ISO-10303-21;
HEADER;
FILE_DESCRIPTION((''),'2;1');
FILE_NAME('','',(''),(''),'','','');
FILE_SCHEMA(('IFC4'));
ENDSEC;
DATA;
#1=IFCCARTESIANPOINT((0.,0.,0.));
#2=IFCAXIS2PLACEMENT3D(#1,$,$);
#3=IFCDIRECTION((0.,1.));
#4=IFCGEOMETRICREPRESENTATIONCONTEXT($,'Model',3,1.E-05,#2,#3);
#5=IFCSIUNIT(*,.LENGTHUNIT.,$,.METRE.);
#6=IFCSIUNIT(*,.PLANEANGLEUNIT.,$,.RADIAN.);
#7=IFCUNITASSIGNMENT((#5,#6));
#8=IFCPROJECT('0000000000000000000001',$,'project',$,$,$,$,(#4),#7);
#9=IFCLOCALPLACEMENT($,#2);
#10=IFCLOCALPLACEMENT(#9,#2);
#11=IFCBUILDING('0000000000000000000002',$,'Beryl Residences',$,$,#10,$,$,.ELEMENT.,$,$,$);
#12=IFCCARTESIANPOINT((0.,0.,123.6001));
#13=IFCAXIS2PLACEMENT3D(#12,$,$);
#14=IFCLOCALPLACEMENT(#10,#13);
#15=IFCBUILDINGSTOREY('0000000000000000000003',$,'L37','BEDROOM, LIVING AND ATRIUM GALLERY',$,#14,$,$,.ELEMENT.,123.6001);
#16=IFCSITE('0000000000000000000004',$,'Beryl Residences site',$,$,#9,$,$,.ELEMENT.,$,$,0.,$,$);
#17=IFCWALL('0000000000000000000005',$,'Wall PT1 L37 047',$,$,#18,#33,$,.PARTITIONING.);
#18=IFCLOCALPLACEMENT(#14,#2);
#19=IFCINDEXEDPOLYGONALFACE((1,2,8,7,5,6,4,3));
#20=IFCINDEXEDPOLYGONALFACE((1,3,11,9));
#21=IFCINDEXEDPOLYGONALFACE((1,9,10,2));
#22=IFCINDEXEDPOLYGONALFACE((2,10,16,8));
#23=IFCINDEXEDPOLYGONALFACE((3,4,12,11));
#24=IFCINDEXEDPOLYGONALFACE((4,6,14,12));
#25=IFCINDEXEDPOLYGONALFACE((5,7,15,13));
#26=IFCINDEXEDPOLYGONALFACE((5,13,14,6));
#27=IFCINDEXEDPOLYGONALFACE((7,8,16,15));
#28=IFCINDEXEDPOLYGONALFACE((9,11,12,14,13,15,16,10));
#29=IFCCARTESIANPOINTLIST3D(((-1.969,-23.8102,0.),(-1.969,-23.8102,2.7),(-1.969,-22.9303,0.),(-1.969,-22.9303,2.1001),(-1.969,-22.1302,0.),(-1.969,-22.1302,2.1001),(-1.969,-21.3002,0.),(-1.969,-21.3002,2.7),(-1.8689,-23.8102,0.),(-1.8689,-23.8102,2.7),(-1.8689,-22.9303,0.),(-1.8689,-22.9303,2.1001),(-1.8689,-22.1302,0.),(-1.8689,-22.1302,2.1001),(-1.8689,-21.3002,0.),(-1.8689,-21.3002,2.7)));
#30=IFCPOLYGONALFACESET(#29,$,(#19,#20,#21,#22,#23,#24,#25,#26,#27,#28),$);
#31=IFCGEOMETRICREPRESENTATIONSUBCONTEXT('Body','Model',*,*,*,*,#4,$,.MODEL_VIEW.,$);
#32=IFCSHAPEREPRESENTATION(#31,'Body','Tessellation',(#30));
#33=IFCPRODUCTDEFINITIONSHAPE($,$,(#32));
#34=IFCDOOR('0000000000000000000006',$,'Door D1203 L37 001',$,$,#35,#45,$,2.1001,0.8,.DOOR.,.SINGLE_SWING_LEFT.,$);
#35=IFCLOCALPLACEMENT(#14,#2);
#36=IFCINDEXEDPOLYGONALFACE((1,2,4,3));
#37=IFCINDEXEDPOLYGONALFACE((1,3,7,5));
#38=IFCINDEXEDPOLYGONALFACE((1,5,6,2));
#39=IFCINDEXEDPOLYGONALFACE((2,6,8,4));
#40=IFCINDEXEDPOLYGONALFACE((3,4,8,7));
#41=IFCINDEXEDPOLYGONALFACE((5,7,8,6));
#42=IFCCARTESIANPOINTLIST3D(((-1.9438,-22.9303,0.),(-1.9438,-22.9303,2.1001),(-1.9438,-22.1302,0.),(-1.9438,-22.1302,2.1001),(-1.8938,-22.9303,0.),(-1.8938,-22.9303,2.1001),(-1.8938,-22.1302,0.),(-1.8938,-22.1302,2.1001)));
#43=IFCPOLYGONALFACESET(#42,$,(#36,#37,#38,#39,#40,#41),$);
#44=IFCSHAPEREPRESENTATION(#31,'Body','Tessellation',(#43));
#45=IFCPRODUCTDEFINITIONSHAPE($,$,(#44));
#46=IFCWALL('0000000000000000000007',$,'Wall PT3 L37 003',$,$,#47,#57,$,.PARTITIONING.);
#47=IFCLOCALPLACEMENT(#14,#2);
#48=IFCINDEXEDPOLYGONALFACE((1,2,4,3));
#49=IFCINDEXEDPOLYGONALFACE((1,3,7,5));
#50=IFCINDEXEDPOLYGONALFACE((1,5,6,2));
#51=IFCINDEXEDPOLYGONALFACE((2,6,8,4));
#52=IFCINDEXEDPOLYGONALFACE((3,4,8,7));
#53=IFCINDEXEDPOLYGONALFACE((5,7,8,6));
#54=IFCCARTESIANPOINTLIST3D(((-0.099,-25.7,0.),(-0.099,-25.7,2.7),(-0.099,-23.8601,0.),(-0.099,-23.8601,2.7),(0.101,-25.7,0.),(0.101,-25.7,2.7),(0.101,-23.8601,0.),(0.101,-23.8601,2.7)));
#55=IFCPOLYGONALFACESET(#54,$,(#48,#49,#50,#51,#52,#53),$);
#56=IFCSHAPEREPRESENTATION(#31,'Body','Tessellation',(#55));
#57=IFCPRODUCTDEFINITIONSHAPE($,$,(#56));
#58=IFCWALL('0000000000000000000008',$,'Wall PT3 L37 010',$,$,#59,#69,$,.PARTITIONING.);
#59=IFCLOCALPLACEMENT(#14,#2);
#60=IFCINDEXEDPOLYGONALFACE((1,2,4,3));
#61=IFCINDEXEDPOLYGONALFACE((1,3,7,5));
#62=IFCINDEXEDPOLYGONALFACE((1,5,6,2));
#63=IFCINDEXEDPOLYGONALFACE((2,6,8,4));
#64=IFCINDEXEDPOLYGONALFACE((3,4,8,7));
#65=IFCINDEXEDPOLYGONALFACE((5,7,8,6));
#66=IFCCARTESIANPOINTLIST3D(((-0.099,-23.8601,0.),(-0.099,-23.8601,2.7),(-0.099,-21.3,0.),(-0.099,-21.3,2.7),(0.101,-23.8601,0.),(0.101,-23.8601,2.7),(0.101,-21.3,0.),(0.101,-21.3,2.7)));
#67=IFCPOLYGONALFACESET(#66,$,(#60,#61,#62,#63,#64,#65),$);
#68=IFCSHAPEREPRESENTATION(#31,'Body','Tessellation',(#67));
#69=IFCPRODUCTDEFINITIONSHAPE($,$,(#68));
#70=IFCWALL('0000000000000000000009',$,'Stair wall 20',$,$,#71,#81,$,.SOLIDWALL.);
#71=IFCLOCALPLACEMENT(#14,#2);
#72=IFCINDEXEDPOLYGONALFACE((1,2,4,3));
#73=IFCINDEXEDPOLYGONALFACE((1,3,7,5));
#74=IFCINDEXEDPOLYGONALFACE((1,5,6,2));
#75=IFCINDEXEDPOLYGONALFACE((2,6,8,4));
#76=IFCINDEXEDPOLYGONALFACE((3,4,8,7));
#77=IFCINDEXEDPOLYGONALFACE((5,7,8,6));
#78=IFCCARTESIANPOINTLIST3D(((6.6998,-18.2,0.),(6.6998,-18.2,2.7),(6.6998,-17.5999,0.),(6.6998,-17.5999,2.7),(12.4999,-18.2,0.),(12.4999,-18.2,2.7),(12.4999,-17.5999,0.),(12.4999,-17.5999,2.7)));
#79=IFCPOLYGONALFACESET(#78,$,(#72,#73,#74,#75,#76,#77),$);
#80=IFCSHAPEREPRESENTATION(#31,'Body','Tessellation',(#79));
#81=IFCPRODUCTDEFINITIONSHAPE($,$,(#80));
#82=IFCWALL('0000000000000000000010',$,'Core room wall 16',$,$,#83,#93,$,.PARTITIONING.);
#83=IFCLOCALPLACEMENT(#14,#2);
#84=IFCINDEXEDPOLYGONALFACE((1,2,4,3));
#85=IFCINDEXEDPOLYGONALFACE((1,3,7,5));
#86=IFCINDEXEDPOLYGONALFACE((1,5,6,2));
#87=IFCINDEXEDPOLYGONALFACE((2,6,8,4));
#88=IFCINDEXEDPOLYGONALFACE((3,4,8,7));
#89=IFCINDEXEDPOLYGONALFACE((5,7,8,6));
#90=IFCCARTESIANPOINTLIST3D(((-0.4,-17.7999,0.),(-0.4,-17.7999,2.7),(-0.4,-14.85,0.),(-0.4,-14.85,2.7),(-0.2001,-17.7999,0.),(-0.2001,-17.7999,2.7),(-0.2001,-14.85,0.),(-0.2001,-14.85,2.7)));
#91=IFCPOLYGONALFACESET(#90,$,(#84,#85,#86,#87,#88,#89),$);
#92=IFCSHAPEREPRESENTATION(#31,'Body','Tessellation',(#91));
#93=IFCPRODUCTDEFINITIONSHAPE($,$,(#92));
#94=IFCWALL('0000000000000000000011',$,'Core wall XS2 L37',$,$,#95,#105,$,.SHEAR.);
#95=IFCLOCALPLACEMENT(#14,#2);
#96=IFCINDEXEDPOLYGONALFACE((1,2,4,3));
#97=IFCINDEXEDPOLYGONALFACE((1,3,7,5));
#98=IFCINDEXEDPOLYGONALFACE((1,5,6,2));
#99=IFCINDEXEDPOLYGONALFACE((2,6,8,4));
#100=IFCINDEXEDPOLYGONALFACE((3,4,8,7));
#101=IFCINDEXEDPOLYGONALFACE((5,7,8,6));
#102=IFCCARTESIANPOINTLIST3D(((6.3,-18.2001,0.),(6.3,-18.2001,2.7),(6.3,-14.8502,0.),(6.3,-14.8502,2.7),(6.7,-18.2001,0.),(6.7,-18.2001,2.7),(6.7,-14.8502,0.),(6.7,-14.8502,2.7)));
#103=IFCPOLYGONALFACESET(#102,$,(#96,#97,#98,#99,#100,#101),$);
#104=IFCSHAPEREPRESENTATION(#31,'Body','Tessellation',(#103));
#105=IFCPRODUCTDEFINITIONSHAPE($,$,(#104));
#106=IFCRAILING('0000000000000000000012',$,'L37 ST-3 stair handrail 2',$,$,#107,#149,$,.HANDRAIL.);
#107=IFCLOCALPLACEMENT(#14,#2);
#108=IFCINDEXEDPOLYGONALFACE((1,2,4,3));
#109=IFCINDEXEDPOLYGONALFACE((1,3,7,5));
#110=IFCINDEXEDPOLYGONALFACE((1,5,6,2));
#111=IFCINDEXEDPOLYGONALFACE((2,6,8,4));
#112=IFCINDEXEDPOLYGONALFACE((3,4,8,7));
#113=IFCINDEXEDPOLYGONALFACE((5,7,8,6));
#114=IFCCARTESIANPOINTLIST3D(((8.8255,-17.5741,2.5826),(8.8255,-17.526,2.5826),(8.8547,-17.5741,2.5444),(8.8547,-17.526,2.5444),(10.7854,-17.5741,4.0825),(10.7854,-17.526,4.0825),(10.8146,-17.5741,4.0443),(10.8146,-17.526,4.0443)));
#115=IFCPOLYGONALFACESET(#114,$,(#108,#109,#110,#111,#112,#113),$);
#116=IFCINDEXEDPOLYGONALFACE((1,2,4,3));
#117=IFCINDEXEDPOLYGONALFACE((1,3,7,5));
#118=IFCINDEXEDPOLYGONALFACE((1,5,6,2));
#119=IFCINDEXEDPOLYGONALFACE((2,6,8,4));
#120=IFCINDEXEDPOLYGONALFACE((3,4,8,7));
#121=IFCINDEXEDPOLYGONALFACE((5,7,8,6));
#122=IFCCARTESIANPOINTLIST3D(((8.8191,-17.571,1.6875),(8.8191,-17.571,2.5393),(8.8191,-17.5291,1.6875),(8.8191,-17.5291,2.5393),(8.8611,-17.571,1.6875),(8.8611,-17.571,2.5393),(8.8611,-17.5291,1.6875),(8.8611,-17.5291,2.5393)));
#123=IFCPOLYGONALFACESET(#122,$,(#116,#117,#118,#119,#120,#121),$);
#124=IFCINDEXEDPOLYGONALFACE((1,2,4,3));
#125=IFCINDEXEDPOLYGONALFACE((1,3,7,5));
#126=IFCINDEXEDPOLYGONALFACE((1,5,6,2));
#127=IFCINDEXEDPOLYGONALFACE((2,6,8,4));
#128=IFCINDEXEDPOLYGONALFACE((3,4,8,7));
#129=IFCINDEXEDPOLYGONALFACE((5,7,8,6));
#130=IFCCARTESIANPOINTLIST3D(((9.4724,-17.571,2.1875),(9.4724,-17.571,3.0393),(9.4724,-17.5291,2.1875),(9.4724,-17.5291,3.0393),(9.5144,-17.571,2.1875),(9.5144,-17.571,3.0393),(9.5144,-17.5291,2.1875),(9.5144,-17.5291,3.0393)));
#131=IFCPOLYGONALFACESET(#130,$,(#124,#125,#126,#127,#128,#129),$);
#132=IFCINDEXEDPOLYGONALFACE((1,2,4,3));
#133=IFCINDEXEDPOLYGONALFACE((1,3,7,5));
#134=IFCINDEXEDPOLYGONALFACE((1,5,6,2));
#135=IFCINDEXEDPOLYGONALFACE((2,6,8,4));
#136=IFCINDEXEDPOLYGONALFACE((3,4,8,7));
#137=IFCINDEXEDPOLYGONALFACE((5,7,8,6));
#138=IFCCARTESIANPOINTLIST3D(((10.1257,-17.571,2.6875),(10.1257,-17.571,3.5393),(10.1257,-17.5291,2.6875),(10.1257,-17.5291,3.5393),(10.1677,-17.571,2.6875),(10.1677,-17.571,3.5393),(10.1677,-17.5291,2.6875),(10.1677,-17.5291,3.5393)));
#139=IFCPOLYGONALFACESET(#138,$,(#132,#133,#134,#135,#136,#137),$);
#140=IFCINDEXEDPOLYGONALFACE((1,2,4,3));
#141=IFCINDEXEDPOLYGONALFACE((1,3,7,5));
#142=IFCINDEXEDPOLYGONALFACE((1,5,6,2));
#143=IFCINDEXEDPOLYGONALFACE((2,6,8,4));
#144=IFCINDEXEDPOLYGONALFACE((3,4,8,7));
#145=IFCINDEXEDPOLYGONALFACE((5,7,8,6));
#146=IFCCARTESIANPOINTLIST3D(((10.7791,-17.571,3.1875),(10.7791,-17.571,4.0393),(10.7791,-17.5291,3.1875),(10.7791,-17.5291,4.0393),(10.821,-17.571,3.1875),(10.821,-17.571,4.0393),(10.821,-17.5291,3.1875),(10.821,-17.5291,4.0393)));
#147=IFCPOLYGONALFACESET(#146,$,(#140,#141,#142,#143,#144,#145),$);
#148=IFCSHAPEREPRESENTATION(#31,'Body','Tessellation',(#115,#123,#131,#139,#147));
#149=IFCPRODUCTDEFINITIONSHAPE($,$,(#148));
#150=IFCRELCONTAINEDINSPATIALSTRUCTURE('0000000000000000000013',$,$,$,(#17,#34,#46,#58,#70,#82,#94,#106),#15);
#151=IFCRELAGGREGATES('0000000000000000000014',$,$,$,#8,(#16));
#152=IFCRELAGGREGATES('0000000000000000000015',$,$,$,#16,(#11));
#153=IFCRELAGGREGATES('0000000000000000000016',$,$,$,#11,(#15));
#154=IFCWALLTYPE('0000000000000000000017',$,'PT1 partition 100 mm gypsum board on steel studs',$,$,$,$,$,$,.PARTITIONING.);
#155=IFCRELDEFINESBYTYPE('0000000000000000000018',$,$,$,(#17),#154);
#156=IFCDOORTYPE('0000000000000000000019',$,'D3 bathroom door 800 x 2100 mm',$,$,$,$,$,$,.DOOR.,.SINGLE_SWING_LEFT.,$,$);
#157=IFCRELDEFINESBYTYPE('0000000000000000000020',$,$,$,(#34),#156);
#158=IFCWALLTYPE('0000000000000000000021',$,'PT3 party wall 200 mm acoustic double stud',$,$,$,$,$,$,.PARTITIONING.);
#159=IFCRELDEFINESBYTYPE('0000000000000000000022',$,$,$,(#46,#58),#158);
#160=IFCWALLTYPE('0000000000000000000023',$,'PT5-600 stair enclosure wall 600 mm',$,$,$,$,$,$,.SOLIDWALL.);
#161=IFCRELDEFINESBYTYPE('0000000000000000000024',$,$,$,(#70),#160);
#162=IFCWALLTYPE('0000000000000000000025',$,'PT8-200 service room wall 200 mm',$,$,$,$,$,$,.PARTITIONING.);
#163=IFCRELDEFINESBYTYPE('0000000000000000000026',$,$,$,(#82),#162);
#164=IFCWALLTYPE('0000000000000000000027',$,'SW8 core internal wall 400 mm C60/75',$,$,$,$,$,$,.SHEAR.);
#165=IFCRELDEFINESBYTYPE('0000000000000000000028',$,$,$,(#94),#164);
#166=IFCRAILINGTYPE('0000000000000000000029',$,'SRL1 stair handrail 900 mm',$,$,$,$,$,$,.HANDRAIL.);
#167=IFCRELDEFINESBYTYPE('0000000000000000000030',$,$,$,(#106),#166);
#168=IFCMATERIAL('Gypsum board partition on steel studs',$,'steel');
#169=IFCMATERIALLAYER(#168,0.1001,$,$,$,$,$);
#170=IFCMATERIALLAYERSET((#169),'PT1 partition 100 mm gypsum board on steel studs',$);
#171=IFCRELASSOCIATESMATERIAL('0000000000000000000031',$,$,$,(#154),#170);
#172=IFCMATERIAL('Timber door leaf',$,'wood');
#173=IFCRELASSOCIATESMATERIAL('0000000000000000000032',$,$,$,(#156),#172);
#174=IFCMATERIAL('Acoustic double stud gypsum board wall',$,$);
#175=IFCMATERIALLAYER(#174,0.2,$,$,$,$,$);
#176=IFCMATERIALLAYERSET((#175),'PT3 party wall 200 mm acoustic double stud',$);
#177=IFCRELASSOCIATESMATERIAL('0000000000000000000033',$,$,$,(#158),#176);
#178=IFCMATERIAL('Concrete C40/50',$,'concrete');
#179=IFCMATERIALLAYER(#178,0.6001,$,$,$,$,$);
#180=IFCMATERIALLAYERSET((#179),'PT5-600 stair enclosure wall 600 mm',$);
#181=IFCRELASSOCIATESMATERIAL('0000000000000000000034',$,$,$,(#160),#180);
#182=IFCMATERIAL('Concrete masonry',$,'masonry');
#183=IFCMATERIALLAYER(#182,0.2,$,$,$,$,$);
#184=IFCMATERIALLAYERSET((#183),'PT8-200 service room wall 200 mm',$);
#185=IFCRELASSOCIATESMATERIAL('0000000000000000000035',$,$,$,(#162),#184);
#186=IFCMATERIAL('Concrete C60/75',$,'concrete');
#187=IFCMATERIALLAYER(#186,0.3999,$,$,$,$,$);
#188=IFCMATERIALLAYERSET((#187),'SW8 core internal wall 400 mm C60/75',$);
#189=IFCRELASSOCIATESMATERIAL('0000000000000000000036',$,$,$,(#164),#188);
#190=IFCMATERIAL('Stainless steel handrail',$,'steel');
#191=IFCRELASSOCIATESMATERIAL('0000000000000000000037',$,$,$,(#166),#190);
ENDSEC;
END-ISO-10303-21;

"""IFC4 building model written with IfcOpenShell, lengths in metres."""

from ifc_helpers import new_model, si_unit, direction, frame, frame_2d, origin, origin_2d, place, context, subcontext, project, spatial, rectangle, extrude, material, layer, layer_set, type_object, element, fill, save


model = new_model("IFC4")

# Units and contexts
model_context = context("Model", 3, precision=1e-05, world=origin(), true_north=direction((0.0, 1.0)))
body_context = subcontext(model_context, "Body", "Model", "MODEL_VIEW")
ifc_project = project(units=[si_unit("LENGTHUNIT", "METRE"), si_unit("PLANEANGLEUNIT", "RADIAN")], contexts=[model_context])

# Site, building, storey
site_placement = place(None, origin())
site = spatial("IfcSite", under=ifc_project, at=site_placement, Name="Beryl Residences site", CompositionType="ELEMENT", RefElevation=0.0)
building_placement = place(site_placement, origin())
building = spatial("IfcBuilding", under=site, at=building_placement, Name="Beryl Residences", CompositionType="ELEMENT")
storey_placement = place(building_placement, frame((0.0, 0.0, 123.6001)))
storey = spatial("IfcBuildingStorey", under=building, at=storey_placement, Name="L37", Description="BEDROOM, LIVING AND ATRIUM GALLERY", CompositionType="ELEMENT", Elevation=123.6001)

# Shared definitions
ifc_material_1 = material(Name="Gypsum board partition on steel studs", Category="steel")
ifc_layer_1 = layer(ifc_material_1, 0.1001)
ifc_layer_set_1 = layer_set([ifc_layer_1], Name="PT1 partition 100 mm gypsum board on steel studs")
wall_type_1 = type_object("IfcWallType", Name="PT1 partition 100 mm gypsum board on steel studs", PredefinedType="PARTITIONING", material=ifc_layer_set_1)

# Wall, opening, door
ifc_material_2 = material(Name="Timber door leaf", Category="wood")
door_type_1 = type_object("IfcDoorType", Name="D3 bathroom door 800 x 2100 mm", OperationType="SINGLE_SWING_LEFT", PredefinedType="DOOR", material=ifc_material_2)
wall_1_placement = place(storey_placement, frame((-1.9189, -23.8101, 0.0), z_axis=(0.0, 0.0, 1.0), x_axis=(0.0, 1.0, 0.0)))
wall_1 = element("IfcWall", 1, at=wall_1_placement, inside=storey, type_object=wall_type_1, Name="Wall PT1 L37 047", PredefinedType="PARTITIONING", context=body_context, shape_type="SweptSolid", body=[
    extrude(rectangle(XDim=2.51, YDim=0.1001, at=frame_2d((1.2549, 0.0))), origin(), (0.0, 0.0, 1.0), 2.7),
])
opening_1_placement = place(wall_1_placement, frame((0.8799, 0.0, 0.0)))
opening_1 = element("IfcOpeningElement", 2, at=opening_1_placement, cuts=wall_1, PredefinedType="OPENING", context=body_context, shape_type="SweptSolid", body=[
    extrude(rectangle(XDim=0.8, YDim=2.1001, at=frame_2d((0.3999, 1.05))), frame((0.0, 0.0601, 0.0), z_axis=(0.0, -1.0, 0.0), x_axis=(1.0, 0.0, 0.0)), (0.0, 0.0, 1.0), 0.1201),
])
door_1_placement = place(opening_1_placement, origin())
door_1 = element("IfcDoor", 3, at=door_1_placement, inside=storey, type_object=door_type_1, Name="Door D1203 L37 001", OperationType="SINGLE_SWING_LEFT", OverallHeight=2.1001, OverallWidth=0.8, PredefinedType="DOOR", context=body_context, shape_type="SweptSolid", body=[
    extrude(rectangle(XDim=0.8, YDim=2.1001, at=frame_2d((0.3999, 1.05))), frame((0.0, 0.0249, 0.0), z_axis=(0.0, -1.0, 0.0), x_axis=(1.0, 0.0, 0.0)), (0.0, 0.0, 1.0), 0.05),
])
fill(opening_1, door_1)

# Walls
ifc_material_3 = material(Name="Acoustic double stud gypsum board wall")
ifc_layer_2 = layer(ifc_material_3, 0.2)
ifc_layer_set_2 = layer_set([ifc_layer_2], Name="PT3 party wall 200 mm acoustic double stud")
wall_type_2 = type_object("IfcWallType", Name="PT3 party wall 200 mm acoustic double stud", PredefinedType="PARTITIONING", material=ifc_layer_set_2)
wall_2_placement = place(storey_placement, frame((0.001, -23.8601, 0.0), z_axis=(0.0, 0.0, 1.0), x_axis=(0.0, -1.0, 0.0)))
element("IfcWall", 4, at=wall_2_placement, inside=storey, type_object=wall_type_2, Name="Wall PT3 L37 003", PredefinedType="PARTITIONING", context=body_context, shape_type="SweptSolid", body=[
    extrude(rectangle(XDim=1.8398, YDim=0.2, at=frame_2d((0.9199, 0.0))), origin(), (0.0, 0.0, 1.0), 2.7),
])
wall_3_placement = place(storey_placement, frame((0.001, -23.8601, 0.0), z_axis=(0.0, 0.0, 1.0), x_axis=(0.0, 1.0, 0.0)))
element("IfcWall", 5, at=wall_3_placement, inside=storey, type_object=wall_type_2, Name="Wall PT3 L37 010", PredefinedType="PARTITIONING", context=body_context, shape_type="SweptSolid", body=[
    extrude(rectangle(XDim=2.5601, YDim=0.2, at=frame_2d((1.28, 0.0))), origin(), (0.0, 0.0, 1.0), 2.7),
])
ifc_material_4 = material(Name="Concrete C40/50", Category="concrete")
ifc_layer_3 = layer(ifc_material_4, 0.6001)
ifc_layer_set_3 = layer_set([ifc_layer_3], Name="PT5-600 stair enclosure wall 600 mm")
wall_type_3 = type_object("IfcWallType", Name="PT5-600 stair enclosure wall 600 mm", PredefinedType="SOLIDWALL", material=ifc_layer_set_3)
wall_4_placement = place(storey_placement, frame((6.7, -17.8999, 0.0), z_axis=(0.0, 0.0, 1.0), x_axis=(1.0, 0.0, 0.0)))
element("IfcWall", 6, at=wall_4_placement, inside=storey, type_object=wall_type_3, Name="Stair wall 20", PredefinedType="SOLIDWALL", context=body_context, shape_type="SweptSolid", body=[
    extrude(rectangle(XDim=5.8, YDim=0.6001, at=frame_2d((2.8999, 0.0))), origin(), (0.0, 0.0, 1.0), 2.7),
])
ifc_material_5 = material(Name="Concrete masonry", Category="masonry")
ifc_layer_4 = layer(ifc_material_5, 0.2)
ifc_layer_set_4 = layer_set([ifc_layer_4], Name="PT8-200 service room wall 200 mm")
wall_type_4 = type_object("IfcWallType", Name="PT8-200 service room wall 200 mm", PredefinedType="PARTITIONING", material=ifc_layer_set_4)
wall_5_placement = place(storey_placement, frame((-0.3, -17.8, 0.0), z_axis=(0.0, 0.0, 1.0), x_axis=(0.0, 1.0, 0.0)))
element("IfcWall", 7, at=wall_5_placement, inside=storey, type_object=wall_type_4, Name="Core room wall 16", PredefinedType="PARTITIONING", context=body_context, shape_type="SweptSolid", body=[
    extrude(rectangle(XDim=2.95, YDim=0.2, at=frame_2d((1.4751, 0.0))), origin(), (0.0, 0.0, 1.0), 2.7),
])
ifc_material_6 = material(Name="Concrete C60/75", Category="concrete")
ifc_layer_5 = layer(ifc_material_6, 0.3999)
ifc_layer_set_5 = layer_set([ifc_layer_5], Name="SW8 core internal wall 400 mm C60/75")
wall_type_5 = type_object("IfcWallType", Name="SW8 core internal wall 400 mm C60/75", PredefinedType="SHEAR", material=ifc_layer_set_5)
wall_6_placement = place(storey_placement, frame((6.5, -18.2, 0.0), z_axis=(0.0, 0.0, 1.0), x_axis=(0.0, 1.0, 0.0)))
element("IfcWall", 8, at=wall_6_placement, inside=storey, type_object=wall_type_5, Name="Core wall XS2 L37", PredefinedType="SHEAR", context=body_context, shape_type="SweptSolid", body=[
    extrude(rectangle(XDim=3.3499, YDim=0.3999, at=frame_2d((1.6748, 0.0))), origin(), (0.0, 0.0, 1.0), 2.7),
])

# Railing
ifc_material_7 = material(Name="Stainless steel handrail", Category="steel")
railing_type = type_object("IfcRailingType", Name="SRL1 stair handrail 900 mm", PredefinedType="HANDRAIL", material=ifc_material_7)
railing_placement = place(storey_placement, frame((8.8401, -17.55, 1.6875)))
element("IfcRailing", 9, at=railing_placement, inside=storey, type_object=railing_type, Name="L37 ST-3 stair handrail 2", PredefinedType="HANDRAIL", context=body_context, shape_type="SweptSolid", body=[
    extrude(rectangle(XDim=0.0481, YDim=0.0481, at=origin_2d()), frame((0.0, 0.0, 0.876), z_axis=(0.794122, 0.0, 0.607758), x_axis=(0.0, 1.0, 0.0)), (0.0, 0.0, 1.0), 2.468),
    extrude(rectangle(XDim=0.042, YDim=0.042, at=origin_2d()), origin(), (0.0, 0.0, 1.0), 0.8518),
    extrude(rectangle(XDim=0.042, YDim=0.042, at=origin_2d()), frame((0.6533, 0.0, 0.5)), (0.0, 0.0, 1.0), 0.8518),
    extrude(rectangle(XDim=0.042, YDim=0.042, at=origin_2d()), frame((1.3066, 0.0, 1.0)), (0.0, 0.0, 1.0), 0.8518),
    extrude(rectangle(XDim=0.042, YDim=0.042, at=origin_2d()), frame((1.96, 0.0, 1.5)), (0.0, 0.0, 1.0), 0.8518),
])

save(model, "model.ifc")
